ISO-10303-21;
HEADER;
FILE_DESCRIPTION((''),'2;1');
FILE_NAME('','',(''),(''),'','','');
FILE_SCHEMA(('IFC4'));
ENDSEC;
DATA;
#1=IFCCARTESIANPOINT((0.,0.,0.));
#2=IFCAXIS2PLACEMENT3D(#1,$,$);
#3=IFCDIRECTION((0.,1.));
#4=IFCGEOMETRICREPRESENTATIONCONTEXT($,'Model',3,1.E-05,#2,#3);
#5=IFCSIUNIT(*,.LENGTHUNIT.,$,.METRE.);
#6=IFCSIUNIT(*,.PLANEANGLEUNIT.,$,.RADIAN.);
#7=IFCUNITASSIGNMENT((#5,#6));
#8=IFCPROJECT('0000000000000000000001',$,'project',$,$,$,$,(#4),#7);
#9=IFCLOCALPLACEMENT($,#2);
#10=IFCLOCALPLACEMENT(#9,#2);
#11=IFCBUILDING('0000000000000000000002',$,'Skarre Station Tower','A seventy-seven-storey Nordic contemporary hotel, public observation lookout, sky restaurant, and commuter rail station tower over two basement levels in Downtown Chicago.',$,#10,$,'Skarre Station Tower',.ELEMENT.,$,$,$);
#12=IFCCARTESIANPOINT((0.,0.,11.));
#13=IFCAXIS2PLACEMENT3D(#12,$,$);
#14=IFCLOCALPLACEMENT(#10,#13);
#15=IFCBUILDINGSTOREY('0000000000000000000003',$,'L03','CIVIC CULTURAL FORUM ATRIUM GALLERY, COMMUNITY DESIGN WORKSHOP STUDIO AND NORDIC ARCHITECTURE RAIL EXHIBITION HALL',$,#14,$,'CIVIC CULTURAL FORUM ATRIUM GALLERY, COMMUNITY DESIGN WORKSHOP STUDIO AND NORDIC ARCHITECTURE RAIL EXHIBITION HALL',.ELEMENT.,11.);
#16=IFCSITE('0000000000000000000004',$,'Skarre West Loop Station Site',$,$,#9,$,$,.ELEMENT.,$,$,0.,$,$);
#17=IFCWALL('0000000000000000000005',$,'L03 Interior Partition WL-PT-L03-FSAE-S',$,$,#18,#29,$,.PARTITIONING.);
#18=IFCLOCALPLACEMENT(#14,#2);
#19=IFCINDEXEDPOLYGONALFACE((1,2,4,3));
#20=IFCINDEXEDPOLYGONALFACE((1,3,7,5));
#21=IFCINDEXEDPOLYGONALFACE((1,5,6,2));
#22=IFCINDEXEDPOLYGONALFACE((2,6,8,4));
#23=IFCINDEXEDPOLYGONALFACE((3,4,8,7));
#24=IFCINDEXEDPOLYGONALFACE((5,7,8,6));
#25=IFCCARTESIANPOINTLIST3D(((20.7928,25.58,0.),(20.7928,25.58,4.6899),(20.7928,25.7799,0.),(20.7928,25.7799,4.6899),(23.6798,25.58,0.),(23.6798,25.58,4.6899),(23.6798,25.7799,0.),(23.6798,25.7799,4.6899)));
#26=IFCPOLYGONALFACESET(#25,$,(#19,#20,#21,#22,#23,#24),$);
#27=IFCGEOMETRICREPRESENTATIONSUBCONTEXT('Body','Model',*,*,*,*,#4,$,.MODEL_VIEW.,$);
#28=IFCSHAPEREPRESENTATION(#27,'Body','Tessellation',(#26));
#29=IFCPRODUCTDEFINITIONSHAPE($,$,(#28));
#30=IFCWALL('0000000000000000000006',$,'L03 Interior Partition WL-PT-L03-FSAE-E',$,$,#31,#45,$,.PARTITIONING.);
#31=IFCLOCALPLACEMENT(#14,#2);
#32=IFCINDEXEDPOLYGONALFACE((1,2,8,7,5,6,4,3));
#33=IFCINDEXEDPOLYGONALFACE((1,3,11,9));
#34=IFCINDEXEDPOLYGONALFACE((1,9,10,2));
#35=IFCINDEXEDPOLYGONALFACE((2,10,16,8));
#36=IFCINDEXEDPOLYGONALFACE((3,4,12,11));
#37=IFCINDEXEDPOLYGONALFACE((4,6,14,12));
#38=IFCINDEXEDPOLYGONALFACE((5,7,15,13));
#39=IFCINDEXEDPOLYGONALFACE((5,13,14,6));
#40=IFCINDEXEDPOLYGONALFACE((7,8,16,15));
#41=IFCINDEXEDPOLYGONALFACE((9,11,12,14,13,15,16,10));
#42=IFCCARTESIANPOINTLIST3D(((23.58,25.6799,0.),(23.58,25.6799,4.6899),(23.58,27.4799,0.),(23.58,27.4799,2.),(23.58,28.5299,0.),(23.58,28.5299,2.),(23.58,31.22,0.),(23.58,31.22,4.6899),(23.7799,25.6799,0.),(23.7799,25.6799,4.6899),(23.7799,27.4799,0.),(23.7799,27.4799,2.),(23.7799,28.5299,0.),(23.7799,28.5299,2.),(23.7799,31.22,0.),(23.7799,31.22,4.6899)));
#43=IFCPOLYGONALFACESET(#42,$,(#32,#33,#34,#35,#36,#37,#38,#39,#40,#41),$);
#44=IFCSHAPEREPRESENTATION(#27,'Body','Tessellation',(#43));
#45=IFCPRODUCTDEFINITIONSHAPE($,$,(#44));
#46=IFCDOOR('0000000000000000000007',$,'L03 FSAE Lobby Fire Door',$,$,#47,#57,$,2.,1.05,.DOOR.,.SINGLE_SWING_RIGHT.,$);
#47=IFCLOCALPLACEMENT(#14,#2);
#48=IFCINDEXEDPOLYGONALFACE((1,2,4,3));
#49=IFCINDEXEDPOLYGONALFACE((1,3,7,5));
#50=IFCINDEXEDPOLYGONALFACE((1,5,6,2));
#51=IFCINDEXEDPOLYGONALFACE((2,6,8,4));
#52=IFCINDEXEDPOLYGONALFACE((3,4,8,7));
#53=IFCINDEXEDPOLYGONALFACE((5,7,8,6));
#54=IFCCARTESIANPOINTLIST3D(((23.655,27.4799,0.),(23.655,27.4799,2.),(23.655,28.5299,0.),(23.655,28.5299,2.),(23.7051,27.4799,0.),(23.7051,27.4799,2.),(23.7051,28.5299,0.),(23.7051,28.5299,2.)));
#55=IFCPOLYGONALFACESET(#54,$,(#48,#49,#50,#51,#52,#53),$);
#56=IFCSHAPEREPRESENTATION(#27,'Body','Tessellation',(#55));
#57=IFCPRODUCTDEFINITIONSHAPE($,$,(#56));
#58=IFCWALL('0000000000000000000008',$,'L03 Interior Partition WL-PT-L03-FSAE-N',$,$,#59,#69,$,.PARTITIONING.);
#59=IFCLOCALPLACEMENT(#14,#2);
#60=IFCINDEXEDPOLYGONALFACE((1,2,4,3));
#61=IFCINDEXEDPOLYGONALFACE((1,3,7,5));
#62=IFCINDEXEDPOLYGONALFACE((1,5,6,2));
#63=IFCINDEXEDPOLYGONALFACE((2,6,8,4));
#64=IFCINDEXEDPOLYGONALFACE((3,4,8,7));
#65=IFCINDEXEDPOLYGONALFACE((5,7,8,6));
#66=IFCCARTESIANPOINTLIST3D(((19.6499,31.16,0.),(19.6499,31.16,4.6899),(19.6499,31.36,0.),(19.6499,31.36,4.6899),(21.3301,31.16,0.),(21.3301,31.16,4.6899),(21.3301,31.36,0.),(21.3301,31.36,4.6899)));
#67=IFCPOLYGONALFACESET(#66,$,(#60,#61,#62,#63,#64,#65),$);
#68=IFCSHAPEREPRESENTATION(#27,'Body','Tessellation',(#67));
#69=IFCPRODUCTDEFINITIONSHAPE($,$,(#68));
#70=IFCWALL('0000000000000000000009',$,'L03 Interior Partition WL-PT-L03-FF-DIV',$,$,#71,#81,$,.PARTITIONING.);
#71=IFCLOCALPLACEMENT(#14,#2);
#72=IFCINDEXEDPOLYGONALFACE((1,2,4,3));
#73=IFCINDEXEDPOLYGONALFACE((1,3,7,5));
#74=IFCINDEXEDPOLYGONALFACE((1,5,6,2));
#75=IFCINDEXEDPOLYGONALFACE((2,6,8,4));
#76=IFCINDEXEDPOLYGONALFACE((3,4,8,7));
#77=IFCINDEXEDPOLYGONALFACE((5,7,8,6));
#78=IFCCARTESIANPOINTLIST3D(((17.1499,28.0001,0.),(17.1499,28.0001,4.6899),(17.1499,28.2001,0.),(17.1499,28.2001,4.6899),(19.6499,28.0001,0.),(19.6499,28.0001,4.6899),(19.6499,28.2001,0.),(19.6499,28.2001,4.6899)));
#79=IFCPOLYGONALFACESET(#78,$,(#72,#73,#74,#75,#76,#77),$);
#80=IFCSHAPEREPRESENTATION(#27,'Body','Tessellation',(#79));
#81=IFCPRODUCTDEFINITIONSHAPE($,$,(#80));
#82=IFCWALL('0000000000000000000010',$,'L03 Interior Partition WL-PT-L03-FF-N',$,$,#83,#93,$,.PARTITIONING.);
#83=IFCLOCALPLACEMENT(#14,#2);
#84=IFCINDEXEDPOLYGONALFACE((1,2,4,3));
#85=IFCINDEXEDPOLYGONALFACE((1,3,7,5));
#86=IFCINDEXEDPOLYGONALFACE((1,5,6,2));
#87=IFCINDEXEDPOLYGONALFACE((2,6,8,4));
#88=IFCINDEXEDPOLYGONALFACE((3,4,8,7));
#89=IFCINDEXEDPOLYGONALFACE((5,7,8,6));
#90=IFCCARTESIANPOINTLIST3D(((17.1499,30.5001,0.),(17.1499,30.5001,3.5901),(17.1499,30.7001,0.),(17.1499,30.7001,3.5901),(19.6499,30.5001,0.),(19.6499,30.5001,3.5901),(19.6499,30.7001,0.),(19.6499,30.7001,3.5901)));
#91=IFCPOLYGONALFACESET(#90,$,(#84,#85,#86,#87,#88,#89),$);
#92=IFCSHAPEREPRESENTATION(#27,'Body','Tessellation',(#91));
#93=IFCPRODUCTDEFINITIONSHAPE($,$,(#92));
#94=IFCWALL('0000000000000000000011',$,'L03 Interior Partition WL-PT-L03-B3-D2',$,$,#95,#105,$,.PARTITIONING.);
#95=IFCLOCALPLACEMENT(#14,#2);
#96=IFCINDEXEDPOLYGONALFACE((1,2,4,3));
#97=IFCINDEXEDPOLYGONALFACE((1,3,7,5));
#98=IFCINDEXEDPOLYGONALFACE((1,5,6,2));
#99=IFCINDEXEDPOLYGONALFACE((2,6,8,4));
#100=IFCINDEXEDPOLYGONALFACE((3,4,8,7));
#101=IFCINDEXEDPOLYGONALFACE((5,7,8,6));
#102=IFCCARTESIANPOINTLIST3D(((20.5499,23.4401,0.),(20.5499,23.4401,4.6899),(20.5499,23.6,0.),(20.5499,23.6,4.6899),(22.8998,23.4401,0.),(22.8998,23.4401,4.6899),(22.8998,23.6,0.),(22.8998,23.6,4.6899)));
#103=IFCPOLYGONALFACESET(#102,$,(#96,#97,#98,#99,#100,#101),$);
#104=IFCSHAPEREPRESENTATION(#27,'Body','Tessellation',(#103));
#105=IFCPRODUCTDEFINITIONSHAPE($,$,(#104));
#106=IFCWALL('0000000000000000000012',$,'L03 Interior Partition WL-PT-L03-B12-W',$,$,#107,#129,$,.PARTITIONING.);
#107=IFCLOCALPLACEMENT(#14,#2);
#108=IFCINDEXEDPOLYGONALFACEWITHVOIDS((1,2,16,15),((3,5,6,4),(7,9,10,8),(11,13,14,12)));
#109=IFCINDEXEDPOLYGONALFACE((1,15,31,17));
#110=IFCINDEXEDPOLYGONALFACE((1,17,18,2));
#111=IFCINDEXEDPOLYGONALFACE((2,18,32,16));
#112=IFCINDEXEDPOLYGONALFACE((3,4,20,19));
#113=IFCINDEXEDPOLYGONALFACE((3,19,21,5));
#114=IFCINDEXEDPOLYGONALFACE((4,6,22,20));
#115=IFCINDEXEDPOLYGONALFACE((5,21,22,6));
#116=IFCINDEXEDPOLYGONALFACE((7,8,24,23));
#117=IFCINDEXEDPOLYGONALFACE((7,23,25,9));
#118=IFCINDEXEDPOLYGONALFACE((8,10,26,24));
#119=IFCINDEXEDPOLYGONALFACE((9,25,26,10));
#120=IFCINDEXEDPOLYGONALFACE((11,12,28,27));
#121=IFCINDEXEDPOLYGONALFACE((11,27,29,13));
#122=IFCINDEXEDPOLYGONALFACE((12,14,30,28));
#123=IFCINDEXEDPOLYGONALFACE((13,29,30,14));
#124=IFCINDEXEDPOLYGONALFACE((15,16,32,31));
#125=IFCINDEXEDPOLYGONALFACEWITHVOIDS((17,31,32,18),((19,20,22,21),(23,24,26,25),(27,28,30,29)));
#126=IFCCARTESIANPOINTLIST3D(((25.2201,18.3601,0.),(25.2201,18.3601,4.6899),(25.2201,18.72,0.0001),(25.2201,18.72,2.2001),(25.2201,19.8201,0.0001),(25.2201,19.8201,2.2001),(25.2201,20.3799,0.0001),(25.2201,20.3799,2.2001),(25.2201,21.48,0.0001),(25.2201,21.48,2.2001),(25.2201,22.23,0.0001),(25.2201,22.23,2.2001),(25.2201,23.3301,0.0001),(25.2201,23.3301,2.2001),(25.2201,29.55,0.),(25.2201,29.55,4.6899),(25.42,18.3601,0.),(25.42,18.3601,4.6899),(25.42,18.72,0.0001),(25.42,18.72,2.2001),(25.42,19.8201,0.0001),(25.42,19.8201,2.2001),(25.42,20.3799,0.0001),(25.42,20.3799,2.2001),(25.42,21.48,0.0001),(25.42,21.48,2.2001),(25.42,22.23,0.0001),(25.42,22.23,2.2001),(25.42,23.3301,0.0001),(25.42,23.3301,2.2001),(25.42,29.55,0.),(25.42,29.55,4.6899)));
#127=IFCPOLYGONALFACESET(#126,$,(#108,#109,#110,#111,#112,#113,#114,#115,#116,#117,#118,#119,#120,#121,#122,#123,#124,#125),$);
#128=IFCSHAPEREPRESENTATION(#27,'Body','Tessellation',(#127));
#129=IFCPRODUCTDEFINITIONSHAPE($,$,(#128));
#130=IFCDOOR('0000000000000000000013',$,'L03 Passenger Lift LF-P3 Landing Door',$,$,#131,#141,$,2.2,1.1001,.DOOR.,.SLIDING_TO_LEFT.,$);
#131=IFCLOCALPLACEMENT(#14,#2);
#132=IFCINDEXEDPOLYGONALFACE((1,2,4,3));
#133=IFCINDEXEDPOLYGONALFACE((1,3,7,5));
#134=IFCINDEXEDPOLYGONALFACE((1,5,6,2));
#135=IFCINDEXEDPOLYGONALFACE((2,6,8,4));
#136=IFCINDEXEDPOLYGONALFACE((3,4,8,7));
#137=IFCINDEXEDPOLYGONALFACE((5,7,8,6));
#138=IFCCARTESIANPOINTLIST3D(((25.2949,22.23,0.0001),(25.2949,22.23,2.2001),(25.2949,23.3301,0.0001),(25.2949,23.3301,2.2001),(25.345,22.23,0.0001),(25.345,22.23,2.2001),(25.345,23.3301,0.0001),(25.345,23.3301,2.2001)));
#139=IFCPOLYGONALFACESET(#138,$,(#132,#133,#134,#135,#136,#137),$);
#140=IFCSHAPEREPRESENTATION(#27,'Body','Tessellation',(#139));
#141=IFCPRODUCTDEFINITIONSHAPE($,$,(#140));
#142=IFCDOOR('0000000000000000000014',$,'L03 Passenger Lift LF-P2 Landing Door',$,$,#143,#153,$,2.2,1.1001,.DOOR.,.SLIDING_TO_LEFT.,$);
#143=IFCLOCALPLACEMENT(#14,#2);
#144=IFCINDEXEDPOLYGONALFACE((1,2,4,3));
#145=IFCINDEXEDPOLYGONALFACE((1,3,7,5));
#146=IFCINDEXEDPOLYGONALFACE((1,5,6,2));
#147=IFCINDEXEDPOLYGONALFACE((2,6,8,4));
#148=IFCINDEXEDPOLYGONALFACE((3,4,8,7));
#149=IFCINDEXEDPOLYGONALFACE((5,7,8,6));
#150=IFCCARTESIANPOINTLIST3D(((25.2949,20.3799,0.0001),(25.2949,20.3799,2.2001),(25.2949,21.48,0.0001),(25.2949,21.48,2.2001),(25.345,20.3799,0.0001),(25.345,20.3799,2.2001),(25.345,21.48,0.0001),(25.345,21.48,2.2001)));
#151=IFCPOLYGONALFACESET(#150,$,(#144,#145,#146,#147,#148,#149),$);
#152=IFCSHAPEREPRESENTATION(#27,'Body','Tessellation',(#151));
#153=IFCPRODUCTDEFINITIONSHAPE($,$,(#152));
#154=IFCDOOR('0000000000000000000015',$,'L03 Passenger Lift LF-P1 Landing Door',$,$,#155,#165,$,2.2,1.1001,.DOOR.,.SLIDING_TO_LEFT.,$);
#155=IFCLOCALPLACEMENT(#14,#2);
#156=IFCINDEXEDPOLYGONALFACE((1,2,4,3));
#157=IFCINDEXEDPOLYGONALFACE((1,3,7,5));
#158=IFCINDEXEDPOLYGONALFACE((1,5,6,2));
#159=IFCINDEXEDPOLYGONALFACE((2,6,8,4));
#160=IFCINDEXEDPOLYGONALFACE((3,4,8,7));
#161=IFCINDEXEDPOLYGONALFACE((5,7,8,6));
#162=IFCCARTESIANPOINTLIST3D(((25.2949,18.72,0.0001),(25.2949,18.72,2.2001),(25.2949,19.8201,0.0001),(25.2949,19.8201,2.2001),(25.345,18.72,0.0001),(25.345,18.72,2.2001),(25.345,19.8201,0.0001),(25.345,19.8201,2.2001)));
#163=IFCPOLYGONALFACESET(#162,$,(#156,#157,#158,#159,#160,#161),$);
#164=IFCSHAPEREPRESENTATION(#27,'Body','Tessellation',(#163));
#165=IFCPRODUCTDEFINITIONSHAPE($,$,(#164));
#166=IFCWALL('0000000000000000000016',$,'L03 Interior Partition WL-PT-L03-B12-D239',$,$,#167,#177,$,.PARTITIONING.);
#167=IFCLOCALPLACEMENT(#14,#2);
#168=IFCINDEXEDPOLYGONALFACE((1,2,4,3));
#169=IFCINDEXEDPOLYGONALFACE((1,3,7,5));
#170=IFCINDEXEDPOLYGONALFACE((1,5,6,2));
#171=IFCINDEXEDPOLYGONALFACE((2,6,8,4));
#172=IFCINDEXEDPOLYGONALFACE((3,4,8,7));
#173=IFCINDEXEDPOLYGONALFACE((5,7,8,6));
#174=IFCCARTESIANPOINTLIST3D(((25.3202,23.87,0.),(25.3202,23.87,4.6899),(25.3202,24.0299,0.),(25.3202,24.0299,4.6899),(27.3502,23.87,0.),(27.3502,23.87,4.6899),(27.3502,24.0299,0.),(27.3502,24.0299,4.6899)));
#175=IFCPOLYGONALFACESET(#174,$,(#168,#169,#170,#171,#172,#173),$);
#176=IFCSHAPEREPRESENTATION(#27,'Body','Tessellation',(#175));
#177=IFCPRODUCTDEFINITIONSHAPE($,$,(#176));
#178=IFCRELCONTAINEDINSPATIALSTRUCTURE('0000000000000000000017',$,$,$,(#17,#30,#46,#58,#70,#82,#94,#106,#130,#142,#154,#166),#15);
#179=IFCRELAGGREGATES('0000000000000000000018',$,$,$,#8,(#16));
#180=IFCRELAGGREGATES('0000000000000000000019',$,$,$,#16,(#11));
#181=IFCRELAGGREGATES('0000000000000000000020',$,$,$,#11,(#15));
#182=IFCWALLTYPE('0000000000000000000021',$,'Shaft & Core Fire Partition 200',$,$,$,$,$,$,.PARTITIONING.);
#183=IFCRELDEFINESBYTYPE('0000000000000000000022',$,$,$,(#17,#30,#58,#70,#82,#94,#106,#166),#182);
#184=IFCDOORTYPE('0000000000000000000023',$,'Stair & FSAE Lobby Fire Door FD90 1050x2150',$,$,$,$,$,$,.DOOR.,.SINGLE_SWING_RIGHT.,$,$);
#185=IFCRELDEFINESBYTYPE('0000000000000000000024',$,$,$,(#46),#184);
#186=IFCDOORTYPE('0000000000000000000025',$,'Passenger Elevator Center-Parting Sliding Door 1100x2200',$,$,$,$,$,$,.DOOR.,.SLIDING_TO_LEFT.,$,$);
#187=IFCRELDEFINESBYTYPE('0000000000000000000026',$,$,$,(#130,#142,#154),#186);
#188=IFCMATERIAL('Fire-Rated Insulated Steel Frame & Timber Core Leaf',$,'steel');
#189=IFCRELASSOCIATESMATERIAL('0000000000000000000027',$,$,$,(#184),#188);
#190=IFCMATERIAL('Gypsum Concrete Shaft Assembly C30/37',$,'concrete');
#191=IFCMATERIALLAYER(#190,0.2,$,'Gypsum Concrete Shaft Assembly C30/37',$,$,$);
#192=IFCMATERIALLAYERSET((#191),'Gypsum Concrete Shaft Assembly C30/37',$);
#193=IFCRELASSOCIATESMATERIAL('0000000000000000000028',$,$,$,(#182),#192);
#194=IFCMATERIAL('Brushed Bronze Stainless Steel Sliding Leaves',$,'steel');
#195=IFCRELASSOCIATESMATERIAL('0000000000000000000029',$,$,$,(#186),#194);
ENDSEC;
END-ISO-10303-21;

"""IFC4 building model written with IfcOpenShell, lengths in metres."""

from ifc_helpers import new_model, si_unit, direction, frame, frame_2d, origin, place, context, subcontext, project, spatial, rectangle, extrude, material, layer, layer_set, type_object, element, fill, save


model = new_model("IFC4")

# Units and contexts
model_context = context("Model", 3, precision=1e-05, world=origin(), true_north=direction((0.0, 1.0)))
body_context = subcontext(model_context, "Body", "Model", "MODEL_VIEW")
ifc_project = project(units=[si_unit("LENGTHUNIT", "METRE"), si_unit("PLANEANGLEUNIT", "RADIAN")], contexts=[model_context])

# Site, building, storey
site_placement = place(None, origin())
site = spatial("IfcSite", under=ifc_project, at=site_placement, Name="Skarre West Loop Station Site", CompositionType="ELEMENT", RefElevation=0.0)
building_placement = place(site_placement, origin())
building = spatial("IfcBuilding", under=site, at=building_placement, Name="Skarre Station Tower", Description="A seventy-seven-storey Nordic contemporary hotel, public observation lookout, sky restaurant, and commuter rail station tower over two basement levels in Downtown Chicago.", LongName="Skarre Station Tower", CompositionType="ELEMENT")
storey_placement = place(building_placement, frame((0.0, 0.0, 11.0)))
storey = spatial("IfcBuildingStorey", under=building, at=storey_placement, Name="L03", Description="CIVIC CULTURAL FORUM ATRIUM GALLERY, COMMUNITY DESIGN WORKSHOP STUDIO AND NORDIC ARCHITECTURE RAIL EXHIBITION HALL", LongName="CIVIC CULTURAL FORUM ATRIUM GALLERY, COMMUNITY DESIGN WORKSHOP STUDIO AND NORDIC ARCHITECTURE RAIL EXHIBITION HALL", CompositionType="ELEMENT", Elevation=11.0)

# Shared definitions
ifc_material_1 = material(Name="Fire-Rated Insulated Steel Frame & Timber Core Leaf", Category="steel")
door_type_1 = type_object("IfcDoorType", Name="Stair & FSAE Lobby Fire Door FD90 1050x2150", OperationType="SINGLE_SWING_RIGHT", PredefinedType="DOOR", material=ifc_material_1)

# Shared definitions
ifc_material_2 = material(Name="Gypsum Concrete Shaft Assembly C30/37", Category="concrete")
ifc_layer_1 = layer(ifc_material_2, 0.2, Name="Gypsum Concrete Shaft Assembly C30/37")
ifc_layer_set_1 = layer_set([ifc_layer_1], Name="Gypsum Concrete Shaft Assembly C30/37")
wall_type_1 = type_object("IfcWallType", Name="Shaft & Core Fire Partition 200", PredefinedType="PARTITIONING", material=ifc_layer_set_1)

# Wall
wall_1_placement = place(storey_placement, frame((20.793, 25.6799, 0.0), z_axis=(0.0, 0.0, 1.0), x_axis=(1.0, 0.0, 0.0)))
element("IfcWall", 1, at=wall_1_placement, inside=storey, type_object=wall_type_1, Name="L03 Interior Partition WL-PT-L03-FSAE-S", PredefinedType="PARTITIONING", context=body_context, shape_type="SweptSolid", body=[
    extrude(rectangle(XDim=2.887, YDim=0.2, at=frame_2d((1.4434, 0.0))), origin(), (0.0, 0.0, 1.0), 4.6899),
])

# Wall, opening, door
wall_2_placement = place(storey_placement, frame((23.6799, 25.6799, 0.0), z_axis=(0.0, 0.0, 1.0), x_axis=(0.0, 1.0, 0.0)))
wall_2 = element("IfcWall", 2, at=wall_2_placement, inside=storey, type_object=wall_type_1, Name="L03 Interior Partition WL-PT-L03-FSAE-E", PredefinedType="PARTITIONING", context=body_context, shape_type="SweptSolid", body=[
    extrude(rectangle(XDim=5.54, YDim=0.2, at=frame_2d((2.77, 0.0))), origin(), (0.0, 0.0, 1.0), 4.6899),
])
opening_1_placement = place(wall_2_placement, frame((1.8, 0.0, 0.0)))
opening_1 = element("IfcOpeningElement", 3, at=opening_1_placement, cuts=wall_2, PredefinedType="OPENING", context=body_context, shape_type="SweptSolid", body=[
    extrude(rectangle(XDim=1.05, YDim=2.0, at=frame_2d((0.5249, 1.0))), frame((0.0, 0.1099, 0.0), z_axis=(0.0, -1.0, 0.0), x_axis=(1.0, 0.0, 0.0)), (0.0, 0.0, 1.0), 0.22),
])
door_1_placement = place(opening_1_placement, origin())
door_1 = element("IfcDoor", 4, at=door_1_placement, inside=storey, type_object=door_type_1, Name="L03 FSAE Lobby Fire Door", OperationType="SINGLE_SWING_RIGHT", OverallHeight=2.0, OverallWidth=1.05, PredefinedType="DOOR", context=body_context, shape_type="SweptSolid", body=[
    extrude(rectangle(XDim=1.05, YDim=2.0, at=frame_2d((0.5249, 1.0))), frame((0.0, 0.0249, 0.0), z_axis=(0.0, -1.0, 0.0), x_axis=(1.0, 0.0, 0.0)), (0.0, 0.0, 1.0), 0.05),
])
fill(opening_1, door_1)

# Walls
wall_3_placement = place(storey_placement, frame((21.3301, 31.26, 0.0), z_axis=(0.0, 0.0, 1.0), x_axis=(-1.0, 0.0, 0.0)))
element("IfcWall", 5, at=wall_3_placement, inside=storey, type_object=wall_type_1, Name="L03 Interior Partition WL-PT-L03-FSAE-N", PredefinedType="PARTITIONING", context=body_context, shape_type="SweptSolid", body=[
    extrude(rectangle(XDim=1.6802, YDim=0.2, at=frame_2d((0.8401, 0.0))), origin(), (0.0, 0.0, 1.0), 4.6899),
])
wall_4_placement = place(storey_placement, frame((17.1499, 28.1001, 0.0), z_axis=(0.0, 0.0, 1.0), x_axis=(1.0, 0.0, 0.0)))
element("IfcWall", 6, at=wall_4_placement, inside=storey, type_object=wall_type_1, Name="L03 Interior Partition WL-PT-L03-FF-DIV", PredefinedType="PARTITIONING", context=body_context, shape_type="SweptSolid", body=[
    extrude(rectangle(XDim=2.5, YDim=0.2, at=frame_2d((1.25, 0.0))), origin(), (0.0, 0.0, 1.0), 4.6899),
])
wall_5_placement = place(storey_placement, frame((19.6499, 30.6001, 0.0), z_axis=(0.0, 0.0, 1.0), x_axis=(-1.0, 0.0, 0.0)))
element("IfcWall", 7, at=wall_5_placement, inside=storey, type_object=wall_type_1, Name="L03 Interior Partition WL-PT-L03-FF-N", PredefinedType="PARTITIONING", context=body_context, shape_type="SweptSolid", body=[
    extrude(rectangle(XDim=2.5, YDim=0.2, at=frame_2d((1.25, 0.0))), origin(), (0.0, 0.0, 1.0), 3.5901),
])
wall_6_placement = place(storey_placement, frame((20.55, 23.52, 0.0), z_axis=(0.0, 0.0, 1.0), x_axis=(1.0, 0.0, 0.0)))
element("IfcWall", 8, at=wall_6_placement, inside=storey, type_object=wall_type_1, Name="L03 Interior Partition WL-PT-L03-B3-D2", PredefinedType="PARTITIONING", context=body_context, shape_type="SweptSolid", body=[
    extrude(rectangle(XDim=2.3499, YDim=0.1599, at=frame_2d((1.1748, 0.0))), origin(), (0.0, 0.0, 1.0), 4.6899),
])

# Wall, openings, doors
wall_7_placement = place(storey_placement, frame((25.3201, 29.55, 0.0), z_axis=(0.0, 0.0, 1.0), x_axis=(0.0, -1.0, 0.0)))
wall_7 = element("IfcWall", 9, at=wall_7_placement, inside=storey, type_object=wall_type_1, Name="L03 Interior Partition WL-PT-L03-B12-W", PredefinedType="PARTITIONING", context=body_context, shape_type="SweptSolid", body=[
    extrude(rectangle(XDim=11.1899, YDim=0.2, at=frame_2d((5.595, 0.0))), origin(), (0.0, 0.0, 1.0), 4.6899),
])
opening_2_placement = place(wall_7_placement, frame((6.22, 0.0, 0.0)))
opening_2 = element("IfcOpeningElement", 10, at=opening_2_placement, cuts=wall_7, PredefinedType="OPENING", context=body_context, shape_type="SweptSolid", body=[
    extrude(rectangle(XDim=1.1001, YDim=2.2, at=frame_2d((0.55, 1.1001))), frame((0.0, 0.1099, 0.0), z_axis=(0.0, -1.0, 0.0), x_axis=(1.0, 0.0, 0.0)), (0.0, 0.0, 1.0), 0.22),
])
opening_3_placement = place(wall_7_placement, frame((8.0701, 0.0, 0.0)))
opening_3 = element("IfcOpeningElement", 11, at=opening_3_placement, cuts=wall_7, PredefinedType="OPENING", context=body_context, shape_type="SweptSolid", body=[
    extrude(rectangle(XDim=1.1001, YDim=2.2, at=frame_2d((0.55, 1.1001))), frame((0.0, 0.1099, 0.0), z_axis=(0.0, -1.0, 0.0), x_axis=(1.0, 0.0, 0.0)), (0.0, 0.0, 1.0), 0.22),
])
opening_4_placement = place(wall_7_placement, frame((9.73, 0.0, 0.0)))
opening_4 = element("IfcOpeningElement", 12, at=opening_4_placement, cuts=wall_7, PredefinedType="OPENING", context=body_context, shape_type="SweptSolid", body=[
    extrude(rectangle(XDim=1.1001, YDim=2.2, at=frame_2d((0.55, 1.1001))), frame((0.0, 0.1099, 0.0), z_axis=(0.0, -1.0, 0.0), x_axis=(1.0, 0.0, 0.0)), (0.0, 0.0, 1.0), 0.22),
])
ifc_material_3 = material(Name="Brushed Bronze Stainless Steel Sliding Leaves", Category="steel")
door_type_2 = type_object("IfcDoorType", Name="Passenger Elevator Center-Parting Sliding Door 1100x2200", OperationType="SLIDING_TO_LEFT", PredefinedType="DOOR", material=ifc_material_3)
door_2_placement = place(opening_2_placement, origin())
door_2 = element("IfcDoor", 13, at=door_2_placement, inside=storey, type_object=door_type_2, Name="L03 Passenger Lift LF-P3 Landing Door", OperationType="SLIDING_TO_LEFT", OverallHeight=2.2, OverallWidth=1.1001, PredefinedType="DOOR", context=body_context, shape_type="SweptSolid", body=[
    extrude(rectangle(XDim=1.1001, YDim=2.2, at=frame_2d((0.55, 1.1001))), frame((0.0, 0.0249, 0.0), z_axis=(0.0, -1.0, 0.0), x_axis=(1.0, 0.0, 0.0)), (0.0, 0.0, 1.0), 0.05),
])
fill(opening_2, door_2)
door_3_placement = place(opening_3_placement, origin())
door_3 = element("IfcDoor", 14, at=door_3_placement, inside=storey, type_object=door_type_2, Name="L03 Passenger Lift LF-P2 Landing Door", OperationType="SLIDING_TO_LEFT", OverallHeight=2.2, OverallWidth=1.1001, PredefinedType="DOOR", context=body_context, shape_type="SweptSolid", body=[
    extrude(rectangle(XDim=1.1001, YDim=2.2, at=frame_2d((0.55, 1.1001))), frame((0.0, 0.0249, 0.0), z_axis=(0.0, -1.0, 0.0), x_axis=(1.0, 0.0, 0.0)), (0.0, 0.0, 1.0), 0.05),
])
fill(opening_3, door_3)
door_4_placement = place(opening_4_placement, origin())
door_4 = element("IfcDoor", 15, at=door_4_placement, inside=storey, type_object=door_type_2, Name="L03 Passenger Lift LF-P1 Landing Door", OperationType="SLIDING_TO_LEFT", OverallHeight=2.2, OverallWidth=1.1001, PredefinedType="DOOR", context=body_context, shape_type="SweptSolid", body=[
    extrude(rectangle(XDim=1.1001, YDim=2.2, at=frame_2d((0.55, 1.1001))), frame((0.0, 0.0249, 0.0), z_axis=(0.0, -1.0, 0.0), x_axis=(1.0, 0.0, 0.0)), (0.0, 0.0, 1.0), 0.05),
])
fill(opening_4, door_4)

# Wall
for number, where, z_axis, x_axis, name in (
    (16, (25.3201, 23.95, 0.0), (0.0, 0.0, 1.0), (1.0, 0.0, 0.0), "L03 Interior Partition WL-PT-L03-B12-D239"),
):
    element("IfcWall", number, at=place(storey_placement, frame(where, z_axis=z_axis, x_axis=x_axis)), inside=storey, type_object=wall_type_1, Name=name, PredefinedType="PARTITIONING", context=body_context, shape_type="SweptSolid", body=[
        extrude(rectangle(XDim=2.03, YDim=0.1599, at=frame_2d((1.0151, 0.0))), origin(), (0.0, 0.0, 1.0), 4.6899),
    ])

save(model, "model.ifc")
